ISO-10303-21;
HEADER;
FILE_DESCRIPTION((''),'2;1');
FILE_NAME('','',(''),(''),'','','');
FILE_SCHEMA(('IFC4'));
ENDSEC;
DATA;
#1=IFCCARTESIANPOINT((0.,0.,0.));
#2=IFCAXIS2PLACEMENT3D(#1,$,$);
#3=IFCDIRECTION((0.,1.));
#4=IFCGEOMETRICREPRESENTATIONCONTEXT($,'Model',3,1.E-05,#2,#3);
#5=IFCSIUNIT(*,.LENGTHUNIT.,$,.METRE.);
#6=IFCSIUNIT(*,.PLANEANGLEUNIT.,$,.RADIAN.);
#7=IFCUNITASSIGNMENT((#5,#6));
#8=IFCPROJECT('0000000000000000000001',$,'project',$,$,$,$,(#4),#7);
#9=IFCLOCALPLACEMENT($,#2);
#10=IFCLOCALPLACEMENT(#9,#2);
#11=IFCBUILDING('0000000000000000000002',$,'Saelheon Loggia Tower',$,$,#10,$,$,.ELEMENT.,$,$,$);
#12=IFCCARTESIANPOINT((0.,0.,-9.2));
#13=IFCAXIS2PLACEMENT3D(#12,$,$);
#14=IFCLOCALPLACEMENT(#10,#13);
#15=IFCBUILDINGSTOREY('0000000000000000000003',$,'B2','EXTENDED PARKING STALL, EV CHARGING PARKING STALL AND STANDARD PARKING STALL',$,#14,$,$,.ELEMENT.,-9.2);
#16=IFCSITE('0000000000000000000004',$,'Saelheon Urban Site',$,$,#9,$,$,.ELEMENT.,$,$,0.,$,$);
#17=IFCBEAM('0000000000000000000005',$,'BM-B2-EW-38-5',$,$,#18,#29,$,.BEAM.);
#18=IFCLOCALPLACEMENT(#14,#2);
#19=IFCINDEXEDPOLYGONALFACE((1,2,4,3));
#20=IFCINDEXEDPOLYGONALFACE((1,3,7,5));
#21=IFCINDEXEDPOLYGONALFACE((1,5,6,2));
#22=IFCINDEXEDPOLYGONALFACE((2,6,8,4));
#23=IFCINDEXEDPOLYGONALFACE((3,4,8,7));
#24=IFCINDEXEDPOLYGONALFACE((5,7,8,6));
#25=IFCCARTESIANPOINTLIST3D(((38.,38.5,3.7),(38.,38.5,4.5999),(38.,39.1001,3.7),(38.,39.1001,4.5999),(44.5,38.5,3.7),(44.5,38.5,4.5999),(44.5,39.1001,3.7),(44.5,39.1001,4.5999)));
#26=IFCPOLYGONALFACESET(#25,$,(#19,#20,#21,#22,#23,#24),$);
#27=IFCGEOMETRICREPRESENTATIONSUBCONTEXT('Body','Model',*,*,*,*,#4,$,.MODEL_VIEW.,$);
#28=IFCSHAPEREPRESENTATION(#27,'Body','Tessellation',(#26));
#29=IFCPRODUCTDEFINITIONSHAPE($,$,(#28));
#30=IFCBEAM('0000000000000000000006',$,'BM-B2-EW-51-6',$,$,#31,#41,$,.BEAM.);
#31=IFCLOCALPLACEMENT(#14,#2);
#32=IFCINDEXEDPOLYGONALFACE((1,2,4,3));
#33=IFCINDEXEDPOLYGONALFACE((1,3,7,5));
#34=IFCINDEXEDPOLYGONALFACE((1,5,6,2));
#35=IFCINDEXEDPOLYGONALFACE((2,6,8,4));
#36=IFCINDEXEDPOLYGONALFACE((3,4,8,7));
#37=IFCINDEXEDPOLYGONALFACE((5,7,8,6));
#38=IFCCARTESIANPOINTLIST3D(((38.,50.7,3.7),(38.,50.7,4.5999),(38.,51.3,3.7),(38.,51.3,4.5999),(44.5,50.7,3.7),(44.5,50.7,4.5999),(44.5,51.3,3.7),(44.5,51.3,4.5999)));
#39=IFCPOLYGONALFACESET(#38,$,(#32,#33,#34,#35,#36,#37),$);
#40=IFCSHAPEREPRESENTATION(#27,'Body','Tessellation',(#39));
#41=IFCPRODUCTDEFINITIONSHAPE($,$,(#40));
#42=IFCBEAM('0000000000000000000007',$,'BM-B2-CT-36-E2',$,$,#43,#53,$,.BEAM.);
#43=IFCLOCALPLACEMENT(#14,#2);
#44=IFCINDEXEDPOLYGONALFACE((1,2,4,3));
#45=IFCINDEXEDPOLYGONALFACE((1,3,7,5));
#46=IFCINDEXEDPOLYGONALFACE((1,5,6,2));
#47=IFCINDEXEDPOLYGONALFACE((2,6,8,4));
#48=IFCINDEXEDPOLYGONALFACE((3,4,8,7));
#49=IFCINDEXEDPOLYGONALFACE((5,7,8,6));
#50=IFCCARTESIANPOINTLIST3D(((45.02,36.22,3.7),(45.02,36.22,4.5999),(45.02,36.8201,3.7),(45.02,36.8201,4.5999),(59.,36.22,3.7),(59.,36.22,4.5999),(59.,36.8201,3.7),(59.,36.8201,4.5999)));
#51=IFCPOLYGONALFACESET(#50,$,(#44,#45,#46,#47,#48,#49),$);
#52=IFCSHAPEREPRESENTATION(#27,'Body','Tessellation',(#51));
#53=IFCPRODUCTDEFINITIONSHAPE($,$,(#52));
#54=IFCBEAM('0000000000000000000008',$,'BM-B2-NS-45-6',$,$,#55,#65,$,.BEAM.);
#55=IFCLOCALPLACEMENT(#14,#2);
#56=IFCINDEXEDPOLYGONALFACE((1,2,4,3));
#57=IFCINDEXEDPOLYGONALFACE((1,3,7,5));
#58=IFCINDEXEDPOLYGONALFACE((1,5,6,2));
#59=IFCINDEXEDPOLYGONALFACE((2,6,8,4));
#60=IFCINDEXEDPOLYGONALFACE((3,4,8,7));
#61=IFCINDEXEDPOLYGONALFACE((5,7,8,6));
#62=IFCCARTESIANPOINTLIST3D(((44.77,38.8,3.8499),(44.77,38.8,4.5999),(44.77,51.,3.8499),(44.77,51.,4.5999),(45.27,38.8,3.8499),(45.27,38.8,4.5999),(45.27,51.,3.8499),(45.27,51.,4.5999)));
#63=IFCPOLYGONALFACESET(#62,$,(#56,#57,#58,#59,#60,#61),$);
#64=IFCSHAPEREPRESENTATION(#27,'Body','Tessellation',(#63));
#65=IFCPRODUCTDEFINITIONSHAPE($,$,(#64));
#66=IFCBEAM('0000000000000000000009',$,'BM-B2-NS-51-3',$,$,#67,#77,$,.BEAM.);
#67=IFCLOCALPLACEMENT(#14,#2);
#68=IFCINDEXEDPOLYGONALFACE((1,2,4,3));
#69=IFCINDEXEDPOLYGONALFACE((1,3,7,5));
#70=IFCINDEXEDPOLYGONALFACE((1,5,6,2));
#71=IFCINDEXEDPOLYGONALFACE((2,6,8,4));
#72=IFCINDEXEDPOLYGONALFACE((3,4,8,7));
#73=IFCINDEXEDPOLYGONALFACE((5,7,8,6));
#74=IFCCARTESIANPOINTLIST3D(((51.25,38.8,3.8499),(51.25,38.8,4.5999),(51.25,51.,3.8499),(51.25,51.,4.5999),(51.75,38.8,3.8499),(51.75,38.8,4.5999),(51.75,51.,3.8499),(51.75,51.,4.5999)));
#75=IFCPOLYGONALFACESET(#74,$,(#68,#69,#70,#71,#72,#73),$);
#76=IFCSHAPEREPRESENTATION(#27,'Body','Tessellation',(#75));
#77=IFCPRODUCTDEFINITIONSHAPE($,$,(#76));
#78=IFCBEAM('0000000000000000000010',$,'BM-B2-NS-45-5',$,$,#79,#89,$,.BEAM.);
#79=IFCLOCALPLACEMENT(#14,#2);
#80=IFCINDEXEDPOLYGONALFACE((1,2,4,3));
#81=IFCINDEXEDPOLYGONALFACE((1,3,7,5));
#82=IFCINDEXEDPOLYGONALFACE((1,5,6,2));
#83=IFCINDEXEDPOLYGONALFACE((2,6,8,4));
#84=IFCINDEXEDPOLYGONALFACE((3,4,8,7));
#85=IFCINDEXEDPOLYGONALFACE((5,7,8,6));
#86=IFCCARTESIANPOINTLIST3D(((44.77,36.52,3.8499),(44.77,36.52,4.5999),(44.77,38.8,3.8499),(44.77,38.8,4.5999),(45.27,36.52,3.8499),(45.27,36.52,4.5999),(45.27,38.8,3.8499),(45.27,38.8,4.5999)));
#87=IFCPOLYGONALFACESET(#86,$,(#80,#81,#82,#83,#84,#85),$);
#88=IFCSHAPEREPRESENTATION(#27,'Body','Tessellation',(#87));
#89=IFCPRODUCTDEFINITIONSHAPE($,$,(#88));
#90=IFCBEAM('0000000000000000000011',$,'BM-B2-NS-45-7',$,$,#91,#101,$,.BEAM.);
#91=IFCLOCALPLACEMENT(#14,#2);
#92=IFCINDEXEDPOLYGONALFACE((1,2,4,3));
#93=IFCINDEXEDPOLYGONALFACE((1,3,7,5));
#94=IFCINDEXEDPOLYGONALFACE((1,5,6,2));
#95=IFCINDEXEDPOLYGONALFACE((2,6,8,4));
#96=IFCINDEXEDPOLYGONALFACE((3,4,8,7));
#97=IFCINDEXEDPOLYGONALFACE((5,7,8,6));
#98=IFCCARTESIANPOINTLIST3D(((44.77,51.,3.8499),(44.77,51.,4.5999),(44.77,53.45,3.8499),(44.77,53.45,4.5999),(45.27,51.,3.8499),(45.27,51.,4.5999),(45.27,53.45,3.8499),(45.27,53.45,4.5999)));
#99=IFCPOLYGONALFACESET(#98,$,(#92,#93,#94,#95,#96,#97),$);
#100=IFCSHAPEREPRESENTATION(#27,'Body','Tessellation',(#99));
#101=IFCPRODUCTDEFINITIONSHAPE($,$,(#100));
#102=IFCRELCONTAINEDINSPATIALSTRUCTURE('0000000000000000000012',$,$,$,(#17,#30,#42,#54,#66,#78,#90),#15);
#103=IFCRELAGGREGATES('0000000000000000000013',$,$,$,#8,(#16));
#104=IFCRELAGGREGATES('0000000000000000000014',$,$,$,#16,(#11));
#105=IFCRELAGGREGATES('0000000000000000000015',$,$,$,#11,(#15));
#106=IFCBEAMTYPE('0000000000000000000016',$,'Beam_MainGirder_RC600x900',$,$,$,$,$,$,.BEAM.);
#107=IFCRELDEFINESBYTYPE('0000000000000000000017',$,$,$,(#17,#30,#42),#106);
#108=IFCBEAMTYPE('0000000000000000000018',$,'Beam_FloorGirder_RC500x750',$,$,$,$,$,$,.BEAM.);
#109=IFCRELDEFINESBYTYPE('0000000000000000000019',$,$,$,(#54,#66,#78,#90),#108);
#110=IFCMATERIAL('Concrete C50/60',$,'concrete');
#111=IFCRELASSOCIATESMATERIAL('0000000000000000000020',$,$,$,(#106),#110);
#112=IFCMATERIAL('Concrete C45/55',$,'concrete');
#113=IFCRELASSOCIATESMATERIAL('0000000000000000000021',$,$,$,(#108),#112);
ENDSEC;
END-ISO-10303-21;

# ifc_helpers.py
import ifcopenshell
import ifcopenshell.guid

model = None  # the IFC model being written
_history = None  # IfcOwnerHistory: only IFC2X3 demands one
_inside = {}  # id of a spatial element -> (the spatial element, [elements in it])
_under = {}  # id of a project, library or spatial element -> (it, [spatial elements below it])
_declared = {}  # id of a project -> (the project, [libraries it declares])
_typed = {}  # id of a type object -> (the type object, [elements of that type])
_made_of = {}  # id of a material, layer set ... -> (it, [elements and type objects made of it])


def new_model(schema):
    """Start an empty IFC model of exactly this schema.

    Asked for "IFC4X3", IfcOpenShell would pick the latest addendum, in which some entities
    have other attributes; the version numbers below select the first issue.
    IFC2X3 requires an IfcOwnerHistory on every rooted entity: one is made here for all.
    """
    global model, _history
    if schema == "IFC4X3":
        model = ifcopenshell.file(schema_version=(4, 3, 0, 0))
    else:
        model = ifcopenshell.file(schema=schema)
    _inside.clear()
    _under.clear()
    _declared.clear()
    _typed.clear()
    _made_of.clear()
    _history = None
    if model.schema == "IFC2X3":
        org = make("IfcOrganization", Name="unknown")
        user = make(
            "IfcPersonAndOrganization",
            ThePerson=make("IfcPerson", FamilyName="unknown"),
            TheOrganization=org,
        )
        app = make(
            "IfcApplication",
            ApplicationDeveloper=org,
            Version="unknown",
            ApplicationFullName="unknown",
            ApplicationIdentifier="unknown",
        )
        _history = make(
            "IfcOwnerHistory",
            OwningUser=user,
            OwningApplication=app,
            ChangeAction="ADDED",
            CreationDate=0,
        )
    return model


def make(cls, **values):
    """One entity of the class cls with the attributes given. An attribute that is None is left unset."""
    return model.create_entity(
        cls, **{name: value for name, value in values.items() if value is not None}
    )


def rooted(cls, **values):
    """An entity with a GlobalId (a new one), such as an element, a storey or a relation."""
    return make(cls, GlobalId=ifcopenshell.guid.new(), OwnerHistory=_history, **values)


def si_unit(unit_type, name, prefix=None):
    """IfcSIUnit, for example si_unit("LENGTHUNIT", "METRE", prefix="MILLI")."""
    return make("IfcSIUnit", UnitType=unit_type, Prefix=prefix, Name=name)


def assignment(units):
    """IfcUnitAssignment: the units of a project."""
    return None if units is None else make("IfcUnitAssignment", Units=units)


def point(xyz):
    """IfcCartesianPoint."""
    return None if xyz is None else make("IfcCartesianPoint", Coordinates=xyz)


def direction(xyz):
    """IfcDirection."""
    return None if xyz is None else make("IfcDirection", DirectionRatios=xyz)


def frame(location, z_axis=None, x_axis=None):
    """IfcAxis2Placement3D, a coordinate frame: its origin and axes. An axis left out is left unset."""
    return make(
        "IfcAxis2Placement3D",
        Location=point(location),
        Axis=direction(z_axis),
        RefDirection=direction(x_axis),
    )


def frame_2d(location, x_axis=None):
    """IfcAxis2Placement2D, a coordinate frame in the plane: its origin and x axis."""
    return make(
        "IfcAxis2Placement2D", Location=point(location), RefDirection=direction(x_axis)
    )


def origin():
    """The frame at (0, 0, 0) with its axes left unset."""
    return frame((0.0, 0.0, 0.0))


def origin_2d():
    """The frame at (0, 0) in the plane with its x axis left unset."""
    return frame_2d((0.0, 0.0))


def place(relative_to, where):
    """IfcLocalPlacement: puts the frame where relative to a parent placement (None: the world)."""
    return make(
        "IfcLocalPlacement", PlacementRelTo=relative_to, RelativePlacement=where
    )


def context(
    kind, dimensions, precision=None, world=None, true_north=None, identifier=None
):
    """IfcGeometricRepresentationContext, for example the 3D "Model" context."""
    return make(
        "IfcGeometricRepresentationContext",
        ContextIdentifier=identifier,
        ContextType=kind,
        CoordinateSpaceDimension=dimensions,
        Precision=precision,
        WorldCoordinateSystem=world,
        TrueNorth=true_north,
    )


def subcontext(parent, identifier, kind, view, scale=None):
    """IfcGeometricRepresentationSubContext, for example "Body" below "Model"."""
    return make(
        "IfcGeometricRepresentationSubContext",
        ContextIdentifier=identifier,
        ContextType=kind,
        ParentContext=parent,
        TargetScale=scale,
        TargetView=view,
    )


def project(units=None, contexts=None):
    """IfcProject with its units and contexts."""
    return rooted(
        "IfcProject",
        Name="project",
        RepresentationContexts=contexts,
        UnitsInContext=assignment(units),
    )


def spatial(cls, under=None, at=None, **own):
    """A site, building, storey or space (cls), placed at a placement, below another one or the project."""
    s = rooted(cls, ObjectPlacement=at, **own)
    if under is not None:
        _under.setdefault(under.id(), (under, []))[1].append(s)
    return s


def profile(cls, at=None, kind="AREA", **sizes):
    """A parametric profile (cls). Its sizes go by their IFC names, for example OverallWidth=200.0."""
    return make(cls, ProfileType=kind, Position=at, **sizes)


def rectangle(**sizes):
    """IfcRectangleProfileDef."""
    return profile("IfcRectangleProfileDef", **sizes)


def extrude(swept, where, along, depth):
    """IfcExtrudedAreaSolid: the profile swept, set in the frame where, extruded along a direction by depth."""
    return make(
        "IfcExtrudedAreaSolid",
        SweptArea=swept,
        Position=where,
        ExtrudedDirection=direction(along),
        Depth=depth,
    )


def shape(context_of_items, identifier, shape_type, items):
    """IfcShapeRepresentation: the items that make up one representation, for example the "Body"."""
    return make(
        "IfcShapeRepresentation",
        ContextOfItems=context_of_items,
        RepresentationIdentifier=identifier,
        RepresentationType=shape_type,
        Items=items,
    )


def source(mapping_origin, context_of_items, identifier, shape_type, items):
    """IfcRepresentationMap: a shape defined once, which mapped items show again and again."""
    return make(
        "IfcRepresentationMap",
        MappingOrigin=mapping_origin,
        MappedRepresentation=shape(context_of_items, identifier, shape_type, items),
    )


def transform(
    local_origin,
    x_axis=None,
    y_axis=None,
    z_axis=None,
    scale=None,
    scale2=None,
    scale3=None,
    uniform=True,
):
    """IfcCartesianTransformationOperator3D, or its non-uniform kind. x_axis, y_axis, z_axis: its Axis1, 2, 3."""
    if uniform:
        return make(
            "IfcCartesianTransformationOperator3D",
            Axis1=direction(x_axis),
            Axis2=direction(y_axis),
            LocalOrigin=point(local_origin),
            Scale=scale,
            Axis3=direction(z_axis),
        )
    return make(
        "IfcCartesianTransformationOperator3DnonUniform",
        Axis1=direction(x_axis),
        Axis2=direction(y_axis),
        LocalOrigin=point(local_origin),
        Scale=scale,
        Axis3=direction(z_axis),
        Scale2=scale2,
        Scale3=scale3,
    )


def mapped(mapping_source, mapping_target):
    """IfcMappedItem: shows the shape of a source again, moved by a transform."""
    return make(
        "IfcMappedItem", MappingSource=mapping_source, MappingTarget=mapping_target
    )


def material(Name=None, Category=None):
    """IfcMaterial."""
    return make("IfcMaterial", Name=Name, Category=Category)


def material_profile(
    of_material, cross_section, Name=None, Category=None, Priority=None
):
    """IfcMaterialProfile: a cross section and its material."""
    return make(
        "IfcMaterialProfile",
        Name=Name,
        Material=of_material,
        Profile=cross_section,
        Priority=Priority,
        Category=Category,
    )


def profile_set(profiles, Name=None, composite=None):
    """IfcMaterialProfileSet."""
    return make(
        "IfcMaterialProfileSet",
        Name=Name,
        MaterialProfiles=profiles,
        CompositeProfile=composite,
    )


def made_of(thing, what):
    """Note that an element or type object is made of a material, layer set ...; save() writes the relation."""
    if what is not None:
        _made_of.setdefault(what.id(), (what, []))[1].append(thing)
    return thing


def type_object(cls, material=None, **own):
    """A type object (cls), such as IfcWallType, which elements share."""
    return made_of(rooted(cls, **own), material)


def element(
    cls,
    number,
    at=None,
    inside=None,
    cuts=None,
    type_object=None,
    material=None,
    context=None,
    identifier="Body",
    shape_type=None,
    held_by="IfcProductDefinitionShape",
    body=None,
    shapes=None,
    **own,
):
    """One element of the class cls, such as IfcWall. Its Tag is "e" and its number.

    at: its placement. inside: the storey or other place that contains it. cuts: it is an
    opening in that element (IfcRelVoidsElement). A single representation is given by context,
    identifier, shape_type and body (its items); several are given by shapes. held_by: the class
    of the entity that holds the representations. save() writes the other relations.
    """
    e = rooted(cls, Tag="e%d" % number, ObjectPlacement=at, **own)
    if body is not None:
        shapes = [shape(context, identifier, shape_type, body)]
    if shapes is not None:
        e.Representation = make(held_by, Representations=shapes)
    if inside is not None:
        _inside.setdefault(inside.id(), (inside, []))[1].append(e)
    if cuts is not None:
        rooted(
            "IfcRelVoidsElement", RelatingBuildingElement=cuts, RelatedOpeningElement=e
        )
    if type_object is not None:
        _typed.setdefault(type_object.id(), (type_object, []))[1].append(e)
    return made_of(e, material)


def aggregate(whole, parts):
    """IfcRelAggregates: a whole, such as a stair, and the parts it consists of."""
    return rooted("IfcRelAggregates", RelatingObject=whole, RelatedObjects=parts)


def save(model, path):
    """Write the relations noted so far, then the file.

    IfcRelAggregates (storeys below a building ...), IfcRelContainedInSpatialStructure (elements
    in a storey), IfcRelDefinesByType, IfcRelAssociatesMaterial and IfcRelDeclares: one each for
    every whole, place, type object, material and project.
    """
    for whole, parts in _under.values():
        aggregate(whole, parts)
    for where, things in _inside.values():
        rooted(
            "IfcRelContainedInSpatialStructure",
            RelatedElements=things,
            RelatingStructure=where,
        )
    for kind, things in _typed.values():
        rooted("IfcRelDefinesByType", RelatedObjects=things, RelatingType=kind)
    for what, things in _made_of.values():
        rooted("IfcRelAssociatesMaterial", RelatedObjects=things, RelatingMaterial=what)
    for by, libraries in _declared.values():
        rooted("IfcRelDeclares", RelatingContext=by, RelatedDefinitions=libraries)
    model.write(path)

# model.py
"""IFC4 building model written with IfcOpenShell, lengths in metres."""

from ifc_helpers import new_model, si_unit, direction, frame, origin, origin_2d, place, context, subcontext, project, spatial, rectangle, extrude, source, transform, mapped, material, material_profile, profile_set, type_object, element, save


model = new_model("IFC4")

# Units and contexts
model_context = context("Model", 3, precision=1e-05, world=origin(), true_north=direction((0.0, 1.0)))
body_context = subcontext(model_context, "Body", "Model", "MODEL_VIEW")
ifc_project = project(units=[si_unit("LENGTHUNIT", "METRE"), si_unit("PLANEANGLEUNIT", "RADIAN")], contexts=[model_context])

# Site, building, storey
site_placement = place(None, origin())
site = spatial("IfcSite", under=ifc_project, at=site_placement, Name="Saelheon Urban Site", CompositionType="ELEMENT", RefElevation=0.0)
building_placement = place(site_placement, origin())
building = spatial("IfcBuilding", under=site, at=building_placement, Name="Saelheon Loggia Tower", CompositionType="ELEMENT")
storey_placement = place(building_placement, frame((0.0, 0.0, -9.2)))
storey = spatial("IfcBuildingStorey", under=building, at=storey_placement, Name="B2", Description="EXTENDED PARKING STALL, EV CHARGING PARKING STALL AND STANDARD PARKING STALL", CompositionType="ELEMENT", Elevation=-9.2)

# Shared definitions
ifc_material_1 = material(Name="Concrete C50/60", Category="concrete")

# Beams
ifc_material_profile_1 = material_profile(ifc_material_1, rectangle(XDim=0.6001, YDim=0.8999, at=origin_2d()), Name="RC-600x900")
ifc_profile_set_1 = profile_set([ifc_material_profile_1], Name="Concrete C50/60")
beam_type_1 = type_object("IfcBeamType", Name="Beam_MainGirder_RC600x900", PredefinedType="BEAM", material=ifc_profile_set_1)
shared_shape_1 = source(origin(), body_context, "Body", "SweptSolid", [
    extrude(rectangle(XDim=0.6001, YDim=0.8999, at=origin_2d()), origin(), (0.0, 0.0, 1.0), 6.5),
])
for number, where, z_axis, x_axis, name in (
    (1, (38.0, 38.8, 4.1499), (1.0, 0.0, 0.0), (0.0, 1.0, 0.0), "BM-B2-EW-38-5"),
    (2, (38.0, 51.0, 4.1499), (1.0, 0.0, 0.0), (0.0, 1.0, 0.0), "BM-B2-EW-51-6"),
):
    element("IfcBeam", number, at=place(storey_placement, frame(where, z_axis=z_axis, x_axis=x_axis)), inside=storey, type_object=beam_type_1, Name=name, PredefinedType="BEAM", context=body_context, shape_type="MappedRepresentation", body=[
        mapped(shared_shape_1, transform((0.0, 0.0, 0.0), scale=1.0)),
    ])
shared_shape_2 = source(origin(), body_context, "Body", "SweptSolid", [
    extrude(rectangle(XDim=0.6001, YDim=0.8999, at=origin_2d()), origin(), (0.0, 0.0, 1.0), 13.98),
])
beam_1_placement = place(storey_placement, frame((45.02, 36.52, 4.1499), z_axis=(1.0, 0.0, 0.0), x_axis=(0.0, 1.0, 0.0)))
element("IfcBeam", 3, at=beam_1_placement, inside=storey, type_object=beam_type_1, Name="BM-B2-CT-36-E2", PredefinedType="BEAM", context=body_context, shape_type="MappedRepresentation", body=[
    mapped(shared_shape_2, transform((0.0, 0.0, 0.0), scale=1.0)),
])
ifc_material_2 = material(Name="Concrete C45/55", Category="concrete")
ifc_material_profile_2 = material_profile(ifc_material_2, rectangle(XDim=0.5, YDim=0.75, at=origin_2d()), Name="RC-500x750")
ifc_profile_set_2 = profile_set([ifc_material_profile_2], Name="Concrete C45/55")
beam_type_2 = type_object("IfcBeamType", Name="Beam_FloorGirder_RC500x750", PredefinedType="BEAM", material=ifc_profile_set_2)
shared_shape_3 = source(origin(), body_context, "Body", "SweptSolid", [
    extrude(rectangle(XDim=0.5, YDim=0.75, at=origin_2d()), origin(), (0.0, 0.0, 1.0), 12.2),
])
for number, where, z_axis, x_axis, name in (
    (4, (45.02, 38.8, 4.2249), (0.0, 1.0, 0.0), (-1.0, 0.0, 0.0), "BM-B2-NS-45-6"),
    (5, (51.5, 38.8, 4.2249), (0.0, 1.0, 0.0), (-1.0, 0.0, 0.0), "BM-B2-NS-51-3"),
):
    element("IfcBeam", number, at=place(storey_placement, frame(where, z_axis=z_axis, x_axis=x_axis)), inside=storey, type_object=beam_type_2, Name=name, PredefinedType="BEAM", context=body_context, shape_type="MappedRepresentation", body=[
        mapped(shared_shape_3, transform((0.0, 0.0, 0.0), scale=1.0)),
    ])
shared_shape_4 = source(origin(), body_context, "Body", "SweptSolid", [
    extrude(rectangle(XDim=0.5, YDim=0.75, at=origin_2d()), origin(), (0.0, 0.0, 1.0), 2.28),
])
beam_2_placement = place(storey_placement, frame((45.02, 36.52, 4.2249), z_axis=(0.0, 1.0, 0.0), x_axis=(-1.0, 0.0, 0.0)))
element("IfcBeam", 6, at=beam_2_placement, inside=storey, type_object=beam_type_2, Name="BM-B2-NS-45-5", PredefinedType="BEAM", context=body_context, shape_type="MappedRepresentation", body=[
    mapped(shared_shape_4, transform((0.0, 0.0, 0.0), scale=1.0)),
])
shared_shape_5 = source(origin(), body_context, "Body", "SweptSolid", [
    extrude(rectangle(XDim=0.5, YDim=0.75, at=origin_2d()), origin(), (0.0, 0.0, 1.0), 2.45),
])
beam_3_placement = place(storey_placement, frame((45.02, 51.0, 4.2249), z_axis=(0.0, 1.0, 0.0), x_axis=(-1.0, 0.0, 0.0)))
element("IfcBeam", 7, at=beam_3_placement, inside=storey, type_object=beam_type_2, Name="BM-B2-NS-45-7", PredefinedType="BEAM", context=body_context, shape_type="MappedRepresentation", body=[
    mapped(shared_shape_5, transform((0.0, 0.0, 0.0), scale=1.0)),
])

save(model, "model.ifc")
